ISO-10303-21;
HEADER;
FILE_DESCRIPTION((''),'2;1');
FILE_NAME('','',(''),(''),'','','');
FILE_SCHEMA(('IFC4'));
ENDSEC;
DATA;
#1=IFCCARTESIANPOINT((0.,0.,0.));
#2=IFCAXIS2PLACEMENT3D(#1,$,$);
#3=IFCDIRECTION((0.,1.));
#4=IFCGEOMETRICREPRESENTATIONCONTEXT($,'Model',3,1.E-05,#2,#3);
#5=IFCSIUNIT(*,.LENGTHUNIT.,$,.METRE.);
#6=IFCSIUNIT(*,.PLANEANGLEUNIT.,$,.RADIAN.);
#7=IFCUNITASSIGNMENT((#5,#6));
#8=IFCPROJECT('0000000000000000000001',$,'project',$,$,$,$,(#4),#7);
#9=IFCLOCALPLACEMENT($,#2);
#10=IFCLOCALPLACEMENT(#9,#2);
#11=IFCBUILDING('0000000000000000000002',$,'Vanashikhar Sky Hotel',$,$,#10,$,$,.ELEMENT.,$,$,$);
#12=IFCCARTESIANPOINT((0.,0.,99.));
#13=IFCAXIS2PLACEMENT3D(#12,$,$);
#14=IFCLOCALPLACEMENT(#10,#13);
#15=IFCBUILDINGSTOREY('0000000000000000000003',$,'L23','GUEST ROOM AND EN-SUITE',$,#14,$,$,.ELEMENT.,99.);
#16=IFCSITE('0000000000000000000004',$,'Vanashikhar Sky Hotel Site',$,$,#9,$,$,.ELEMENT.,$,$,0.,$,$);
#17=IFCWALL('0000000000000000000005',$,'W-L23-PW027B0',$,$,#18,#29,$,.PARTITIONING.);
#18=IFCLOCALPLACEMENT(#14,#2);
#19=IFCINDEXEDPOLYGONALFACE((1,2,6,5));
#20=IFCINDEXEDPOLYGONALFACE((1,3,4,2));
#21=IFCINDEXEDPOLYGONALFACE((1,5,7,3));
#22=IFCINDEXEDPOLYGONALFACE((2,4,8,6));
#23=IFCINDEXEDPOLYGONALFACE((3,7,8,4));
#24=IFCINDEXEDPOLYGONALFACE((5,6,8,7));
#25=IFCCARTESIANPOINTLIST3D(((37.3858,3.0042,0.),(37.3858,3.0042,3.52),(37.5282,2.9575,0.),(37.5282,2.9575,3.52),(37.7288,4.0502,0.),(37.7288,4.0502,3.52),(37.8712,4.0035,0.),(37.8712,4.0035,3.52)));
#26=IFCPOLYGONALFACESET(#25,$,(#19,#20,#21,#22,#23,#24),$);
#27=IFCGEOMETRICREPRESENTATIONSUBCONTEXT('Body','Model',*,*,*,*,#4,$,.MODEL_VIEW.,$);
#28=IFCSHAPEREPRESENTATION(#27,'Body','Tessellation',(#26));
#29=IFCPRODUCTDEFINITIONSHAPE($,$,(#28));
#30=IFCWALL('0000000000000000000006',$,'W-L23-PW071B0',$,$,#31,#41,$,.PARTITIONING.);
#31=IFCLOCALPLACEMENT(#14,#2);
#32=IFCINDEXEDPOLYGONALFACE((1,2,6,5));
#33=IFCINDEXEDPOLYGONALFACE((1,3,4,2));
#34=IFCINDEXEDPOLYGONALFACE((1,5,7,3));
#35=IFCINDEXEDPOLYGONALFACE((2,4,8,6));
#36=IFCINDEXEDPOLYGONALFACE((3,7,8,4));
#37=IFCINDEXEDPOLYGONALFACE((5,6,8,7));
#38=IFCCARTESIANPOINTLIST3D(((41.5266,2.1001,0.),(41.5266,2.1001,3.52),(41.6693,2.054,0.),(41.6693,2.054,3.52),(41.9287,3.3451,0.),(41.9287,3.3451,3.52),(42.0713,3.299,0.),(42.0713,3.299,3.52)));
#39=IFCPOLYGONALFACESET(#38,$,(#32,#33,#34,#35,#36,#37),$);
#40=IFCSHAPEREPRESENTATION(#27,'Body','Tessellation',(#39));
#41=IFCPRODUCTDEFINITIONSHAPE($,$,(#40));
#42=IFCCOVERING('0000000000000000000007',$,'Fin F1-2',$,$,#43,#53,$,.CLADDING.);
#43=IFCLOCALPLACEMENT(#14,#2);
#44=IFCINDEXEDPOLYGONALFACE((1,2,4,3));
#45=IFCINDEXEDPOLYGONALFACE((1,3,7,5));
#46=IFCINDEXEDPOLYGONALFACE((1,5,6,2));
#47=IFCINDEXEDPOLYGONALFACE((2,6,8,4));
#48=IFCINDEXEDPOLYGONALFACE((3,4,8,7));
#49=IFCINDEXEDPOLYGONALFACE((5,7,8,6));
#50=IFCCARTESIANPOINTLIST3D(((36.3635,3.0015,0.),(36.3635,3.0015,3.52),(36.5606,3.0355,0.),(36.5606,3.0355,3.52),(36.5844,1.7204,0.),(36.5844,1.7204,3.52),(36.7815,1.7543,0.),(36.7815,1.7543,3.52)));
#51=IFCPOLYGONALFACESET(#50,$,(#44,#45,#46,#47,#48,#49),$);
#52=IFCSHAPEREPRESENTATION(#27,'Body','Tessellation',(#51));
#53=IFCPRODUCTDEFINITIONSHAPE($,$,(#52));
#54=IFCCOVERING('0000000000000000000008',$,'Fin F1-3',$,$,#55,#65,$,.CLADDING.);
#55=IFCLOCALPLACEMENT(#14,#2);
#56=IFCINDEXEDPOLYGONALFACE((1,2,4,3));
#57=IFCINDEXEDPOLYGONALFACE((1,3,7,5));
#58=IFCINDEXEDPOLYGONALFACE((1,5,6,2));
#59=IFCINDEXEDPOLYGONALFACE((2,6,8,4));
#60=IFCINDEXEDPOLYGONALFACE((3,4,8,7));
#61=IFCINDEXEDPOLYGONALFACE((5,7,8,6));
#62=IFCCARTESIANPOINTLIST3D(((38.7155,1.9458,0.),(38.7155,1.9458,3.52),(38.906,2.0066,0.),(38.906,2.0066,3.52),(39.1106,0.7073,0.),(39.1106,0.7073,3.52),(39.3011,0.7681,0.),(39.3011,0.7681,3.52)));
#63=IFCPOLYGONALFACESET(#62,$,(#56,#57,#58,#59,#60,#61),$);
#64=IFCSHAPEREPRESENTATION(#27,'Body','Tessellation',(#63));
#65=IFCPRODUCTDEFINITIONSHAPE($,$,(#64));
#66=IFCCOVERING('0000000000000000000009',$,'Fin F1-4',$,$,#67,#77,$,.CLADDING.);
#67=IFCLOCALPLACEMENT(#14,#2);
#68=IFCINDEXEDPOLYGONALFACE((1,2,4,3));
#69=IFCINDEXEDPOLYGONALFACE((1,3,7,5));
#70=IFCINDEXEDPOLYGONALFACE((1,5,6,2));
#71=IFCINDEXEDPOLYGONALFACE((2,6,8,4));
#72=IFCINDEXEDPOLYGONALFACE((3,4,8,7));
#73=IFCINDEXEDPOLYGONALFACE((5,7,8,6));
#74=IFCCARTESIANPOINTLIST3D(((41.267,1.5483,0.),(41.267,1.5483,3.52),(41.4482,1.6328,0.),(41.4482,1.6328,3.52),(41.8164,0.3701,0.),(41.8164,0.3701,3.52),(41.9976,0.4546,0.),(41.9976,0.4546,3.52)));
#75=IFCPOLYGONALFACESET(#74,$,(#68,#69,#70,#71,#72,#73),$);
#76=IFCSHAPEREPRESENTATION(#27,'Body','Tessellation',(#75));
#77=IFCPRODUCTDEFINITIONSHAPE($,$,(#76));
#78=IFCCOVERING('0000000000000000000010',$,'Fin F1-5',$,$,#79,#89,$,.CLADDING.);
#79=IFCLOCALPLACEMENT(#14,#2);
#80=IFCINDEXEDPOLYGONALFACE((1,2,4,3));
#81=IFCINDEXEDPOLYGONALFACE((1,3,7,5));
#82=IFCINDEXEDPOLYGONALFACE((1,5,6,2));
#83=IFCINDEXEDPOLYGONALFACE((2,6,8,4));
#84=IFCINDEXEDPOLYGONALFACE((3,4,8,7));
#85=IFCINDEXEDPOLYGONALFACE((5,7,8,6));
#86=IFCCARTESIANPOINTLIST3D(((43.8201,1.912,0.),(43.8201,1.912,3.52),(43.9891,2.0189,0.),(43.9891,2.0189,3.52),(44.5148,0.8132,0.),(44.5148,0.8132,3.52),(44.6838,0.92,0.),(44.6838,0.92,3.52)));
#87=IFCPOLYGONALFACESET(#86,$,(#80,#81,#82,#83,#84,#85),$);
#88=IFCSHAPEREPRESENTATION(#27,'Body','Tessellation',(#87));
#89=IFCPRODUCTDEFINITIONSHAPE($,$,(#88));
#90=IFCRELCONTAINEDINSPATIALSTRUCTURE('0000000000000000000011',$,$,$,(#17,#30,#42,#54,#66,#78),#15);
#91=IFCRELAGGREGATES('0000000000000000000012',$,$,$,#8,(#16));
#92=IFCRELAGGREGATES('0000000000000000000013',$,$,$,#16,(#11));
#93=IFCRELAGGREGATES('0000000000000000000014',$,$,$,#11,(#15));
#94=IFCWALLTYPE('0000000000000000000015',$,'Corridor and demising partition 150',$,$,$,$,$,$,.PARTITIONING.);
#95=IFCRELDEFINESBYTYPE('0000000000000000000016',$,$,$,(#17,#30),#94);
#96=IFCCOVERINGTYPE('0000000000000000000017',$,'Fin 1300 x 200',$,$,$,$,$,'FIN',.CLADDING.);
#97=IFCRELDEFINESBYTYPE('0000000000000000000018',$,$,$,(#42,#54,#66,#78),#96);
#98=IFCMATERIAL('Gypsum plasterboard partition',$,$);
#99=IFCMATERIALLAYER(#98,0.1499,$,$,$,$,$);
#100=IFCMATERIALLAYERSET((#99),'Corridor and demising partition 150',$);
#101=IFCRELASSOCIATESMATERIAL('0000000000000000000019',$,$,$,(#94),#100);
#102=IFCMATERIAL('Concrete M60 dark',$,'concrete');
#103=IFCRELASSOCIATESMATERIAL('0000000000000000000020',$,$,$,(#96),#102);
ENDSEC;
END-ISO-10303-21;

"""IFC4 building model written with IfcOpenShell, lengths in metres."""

from ifc_helpers import new_model, si_unit, direction, frame, frame_2d, origin, origin_2d, place, context, subcontext, project, spatial, rectangle, extrude, source, transform, mapped, material, layer, layer_set, material_profile, profile_set, type_object, element, save


model = new_model("IFC4")

# Units and contexts
model_context = context("Model", 3, precision=1e-05, world=origin(), true_north=direction((0.0, 1.0)))
body_context = subcontext(model_context, "Body", "Model", "MODEL_VIEW")
ifc_project = project(units=[si_unit("LENGTHUNIT", "METRE"), si_unit("PLANEANGLEUNIT", "RADIAN")], contexts=[model_context])

# Site, building, storey
site_placement = place(None, origin())
site = spatial("IfcSite", under=ifc_project, at=site_placement, Name="Vanashikhar Sky Hotel Site", CompositionType="ELEMENT", RefElevation=0.0)
building_placement = place(site_placement, origin())
building = spatial("IfcBuilding", under=site, at=building_placement, Name="Vanashikhar Sky Hotel", CompositionType="ELEMENT")
storey_placement = place(building_placement, frame((0.0, 0.0, 99.0)))
storey = spatial("IfcBuildingStorey", under=building, at=storey_placement, Name="L23", Description="GUEST ROOM AND EN-SUITE", CompositionType="ELEMENT", Elevation=99.0)

# Walls
ifc_material_1 = material(Name="Gypsum plasterboard partition")
ifc_layer_1 = layer(ifc_material_1, 0.1499)
ifc_layer_set_1 = layer_set([ifc_layer_1], Name="Corridor and demising partition 150")
wall_type_1 = type_object("IfcWallType", Name="Corridor and demising partition 150", PredefinedType="PARTITIONING", material=ifc_layer_set_1)
shared_shape_1 = source(origin(), body_context, "Body", "SweptSolid", [
    extrude(rectangle(XDim=1.1008, YDim=0.1499, at=frame_2d((0.5503, 0.0))), origin(), (0.0, 0.0, 1.0), 3.52),
])
wall_1_placement = place(storey_placement, frame((37.457, 2.981, 0.0), z_axis=(0.0, 0.0, 1.0), x_axis=(0.311567, 0.950224, 0.0)))
element("IfcWall", 1, at=wall_1_placement, inside=storey, type_object=wall_type_1, Name="W-L23-PW027B0", PredefinedType="PARTITIONING", context=body_context, shape_type="MappedRepresentation", body=[
    mapped(shared_shape_1, transform((0.0, 0.0, 0.0), scale=1.0)),
])
shared_shape_2 = source(origin(), body_context, "Body", "SweptSolid", [
    extrude(rectangle(XDim=1.3083, YDim=0.1499, at=frame_2d((0.6543, 0.0))), origin(), (0.0, 0.0, 1.0), 3.52),
])
wall_2_placement = place(storey_placement, frame((41.5979, 2.0769, 0.0), z_axis=(0.0, 0.0, 1.0), x_axis=(0.307314, 0.951608, 0.0)))
element("IfcWall", 2, at=wall_2_placement, inside=storey, type_object=wall_type_1, Name="W-L23-PW071B0", PredefinedType="PARTITIONING", context=body_context, shape_type="MappedRepresentation", body=[
    mapped(shared_shape_2, transform((0.0, 0.0, 0.0), scale=1.0)),
])

# Coverings
ifc_material_2 = material(Name="Concrete M60 dark", Category="concrete")
ifc_material_profile = material_profile(ifc_material_2, rectangle(XDim=1.3, YDim=0.2, at=origin_2d()))
ifc_profile_set = profile_set([ifc_material_profile], Name="Fin 1300 x 200")
covering_type = type_object("IfcCoveringType", Name="Fin 1300 x 200", ElementType="FIN", PredefinedType="CLADDING", material=ifc_profile_set)
shared_shape_3 = source(origin(), body_context, "Body", "SweptSolid", [
    extrude(rectangle(XDim=1.3, YDim=0.2, at=origin_2d()), origin(), (0.0, 0.0, 1.0), 3.52),
])
for number, where, z_axis, x_axis, name in (
    (3, (36.5725, 2.3779, 0.0), (0.0, 0.0, 1.0), (0.1699, -0.985461, 0.0), "Fin F1-2"),
    (4, (39.0083, 1.3569, 0.0), (0.0, 0.0, 1.0), (0.303967, -0.952683, 0.0), "Fin F1-3"),
    (5, (41.6323, 1.0015, 0.0), (0.0, 0.0, 1.0), (0.422618, -0.906308, 0.0), "Fin F1-4"),
    (6, (44.252, 1.416, 0.0), (0.0, 0.0, 1.0), (0.534411, -0.845225, 0.0), "Fin F1-5"),
):
    element("IfcCovering", number, at=place(storey_placement, frame(where, z_axis=z_axis, x_axis=x_axis)), inside=storey, type_object=covering_type, Name=name, PredefinedType="CLADDING", context=body_context, shape_type="MappedRepresentation", body=[
        mapped(shared_shape_3, transform((0.0, 0.0, 0.0), scale=1.0)),
    ])

save(model, "model.ifc")
